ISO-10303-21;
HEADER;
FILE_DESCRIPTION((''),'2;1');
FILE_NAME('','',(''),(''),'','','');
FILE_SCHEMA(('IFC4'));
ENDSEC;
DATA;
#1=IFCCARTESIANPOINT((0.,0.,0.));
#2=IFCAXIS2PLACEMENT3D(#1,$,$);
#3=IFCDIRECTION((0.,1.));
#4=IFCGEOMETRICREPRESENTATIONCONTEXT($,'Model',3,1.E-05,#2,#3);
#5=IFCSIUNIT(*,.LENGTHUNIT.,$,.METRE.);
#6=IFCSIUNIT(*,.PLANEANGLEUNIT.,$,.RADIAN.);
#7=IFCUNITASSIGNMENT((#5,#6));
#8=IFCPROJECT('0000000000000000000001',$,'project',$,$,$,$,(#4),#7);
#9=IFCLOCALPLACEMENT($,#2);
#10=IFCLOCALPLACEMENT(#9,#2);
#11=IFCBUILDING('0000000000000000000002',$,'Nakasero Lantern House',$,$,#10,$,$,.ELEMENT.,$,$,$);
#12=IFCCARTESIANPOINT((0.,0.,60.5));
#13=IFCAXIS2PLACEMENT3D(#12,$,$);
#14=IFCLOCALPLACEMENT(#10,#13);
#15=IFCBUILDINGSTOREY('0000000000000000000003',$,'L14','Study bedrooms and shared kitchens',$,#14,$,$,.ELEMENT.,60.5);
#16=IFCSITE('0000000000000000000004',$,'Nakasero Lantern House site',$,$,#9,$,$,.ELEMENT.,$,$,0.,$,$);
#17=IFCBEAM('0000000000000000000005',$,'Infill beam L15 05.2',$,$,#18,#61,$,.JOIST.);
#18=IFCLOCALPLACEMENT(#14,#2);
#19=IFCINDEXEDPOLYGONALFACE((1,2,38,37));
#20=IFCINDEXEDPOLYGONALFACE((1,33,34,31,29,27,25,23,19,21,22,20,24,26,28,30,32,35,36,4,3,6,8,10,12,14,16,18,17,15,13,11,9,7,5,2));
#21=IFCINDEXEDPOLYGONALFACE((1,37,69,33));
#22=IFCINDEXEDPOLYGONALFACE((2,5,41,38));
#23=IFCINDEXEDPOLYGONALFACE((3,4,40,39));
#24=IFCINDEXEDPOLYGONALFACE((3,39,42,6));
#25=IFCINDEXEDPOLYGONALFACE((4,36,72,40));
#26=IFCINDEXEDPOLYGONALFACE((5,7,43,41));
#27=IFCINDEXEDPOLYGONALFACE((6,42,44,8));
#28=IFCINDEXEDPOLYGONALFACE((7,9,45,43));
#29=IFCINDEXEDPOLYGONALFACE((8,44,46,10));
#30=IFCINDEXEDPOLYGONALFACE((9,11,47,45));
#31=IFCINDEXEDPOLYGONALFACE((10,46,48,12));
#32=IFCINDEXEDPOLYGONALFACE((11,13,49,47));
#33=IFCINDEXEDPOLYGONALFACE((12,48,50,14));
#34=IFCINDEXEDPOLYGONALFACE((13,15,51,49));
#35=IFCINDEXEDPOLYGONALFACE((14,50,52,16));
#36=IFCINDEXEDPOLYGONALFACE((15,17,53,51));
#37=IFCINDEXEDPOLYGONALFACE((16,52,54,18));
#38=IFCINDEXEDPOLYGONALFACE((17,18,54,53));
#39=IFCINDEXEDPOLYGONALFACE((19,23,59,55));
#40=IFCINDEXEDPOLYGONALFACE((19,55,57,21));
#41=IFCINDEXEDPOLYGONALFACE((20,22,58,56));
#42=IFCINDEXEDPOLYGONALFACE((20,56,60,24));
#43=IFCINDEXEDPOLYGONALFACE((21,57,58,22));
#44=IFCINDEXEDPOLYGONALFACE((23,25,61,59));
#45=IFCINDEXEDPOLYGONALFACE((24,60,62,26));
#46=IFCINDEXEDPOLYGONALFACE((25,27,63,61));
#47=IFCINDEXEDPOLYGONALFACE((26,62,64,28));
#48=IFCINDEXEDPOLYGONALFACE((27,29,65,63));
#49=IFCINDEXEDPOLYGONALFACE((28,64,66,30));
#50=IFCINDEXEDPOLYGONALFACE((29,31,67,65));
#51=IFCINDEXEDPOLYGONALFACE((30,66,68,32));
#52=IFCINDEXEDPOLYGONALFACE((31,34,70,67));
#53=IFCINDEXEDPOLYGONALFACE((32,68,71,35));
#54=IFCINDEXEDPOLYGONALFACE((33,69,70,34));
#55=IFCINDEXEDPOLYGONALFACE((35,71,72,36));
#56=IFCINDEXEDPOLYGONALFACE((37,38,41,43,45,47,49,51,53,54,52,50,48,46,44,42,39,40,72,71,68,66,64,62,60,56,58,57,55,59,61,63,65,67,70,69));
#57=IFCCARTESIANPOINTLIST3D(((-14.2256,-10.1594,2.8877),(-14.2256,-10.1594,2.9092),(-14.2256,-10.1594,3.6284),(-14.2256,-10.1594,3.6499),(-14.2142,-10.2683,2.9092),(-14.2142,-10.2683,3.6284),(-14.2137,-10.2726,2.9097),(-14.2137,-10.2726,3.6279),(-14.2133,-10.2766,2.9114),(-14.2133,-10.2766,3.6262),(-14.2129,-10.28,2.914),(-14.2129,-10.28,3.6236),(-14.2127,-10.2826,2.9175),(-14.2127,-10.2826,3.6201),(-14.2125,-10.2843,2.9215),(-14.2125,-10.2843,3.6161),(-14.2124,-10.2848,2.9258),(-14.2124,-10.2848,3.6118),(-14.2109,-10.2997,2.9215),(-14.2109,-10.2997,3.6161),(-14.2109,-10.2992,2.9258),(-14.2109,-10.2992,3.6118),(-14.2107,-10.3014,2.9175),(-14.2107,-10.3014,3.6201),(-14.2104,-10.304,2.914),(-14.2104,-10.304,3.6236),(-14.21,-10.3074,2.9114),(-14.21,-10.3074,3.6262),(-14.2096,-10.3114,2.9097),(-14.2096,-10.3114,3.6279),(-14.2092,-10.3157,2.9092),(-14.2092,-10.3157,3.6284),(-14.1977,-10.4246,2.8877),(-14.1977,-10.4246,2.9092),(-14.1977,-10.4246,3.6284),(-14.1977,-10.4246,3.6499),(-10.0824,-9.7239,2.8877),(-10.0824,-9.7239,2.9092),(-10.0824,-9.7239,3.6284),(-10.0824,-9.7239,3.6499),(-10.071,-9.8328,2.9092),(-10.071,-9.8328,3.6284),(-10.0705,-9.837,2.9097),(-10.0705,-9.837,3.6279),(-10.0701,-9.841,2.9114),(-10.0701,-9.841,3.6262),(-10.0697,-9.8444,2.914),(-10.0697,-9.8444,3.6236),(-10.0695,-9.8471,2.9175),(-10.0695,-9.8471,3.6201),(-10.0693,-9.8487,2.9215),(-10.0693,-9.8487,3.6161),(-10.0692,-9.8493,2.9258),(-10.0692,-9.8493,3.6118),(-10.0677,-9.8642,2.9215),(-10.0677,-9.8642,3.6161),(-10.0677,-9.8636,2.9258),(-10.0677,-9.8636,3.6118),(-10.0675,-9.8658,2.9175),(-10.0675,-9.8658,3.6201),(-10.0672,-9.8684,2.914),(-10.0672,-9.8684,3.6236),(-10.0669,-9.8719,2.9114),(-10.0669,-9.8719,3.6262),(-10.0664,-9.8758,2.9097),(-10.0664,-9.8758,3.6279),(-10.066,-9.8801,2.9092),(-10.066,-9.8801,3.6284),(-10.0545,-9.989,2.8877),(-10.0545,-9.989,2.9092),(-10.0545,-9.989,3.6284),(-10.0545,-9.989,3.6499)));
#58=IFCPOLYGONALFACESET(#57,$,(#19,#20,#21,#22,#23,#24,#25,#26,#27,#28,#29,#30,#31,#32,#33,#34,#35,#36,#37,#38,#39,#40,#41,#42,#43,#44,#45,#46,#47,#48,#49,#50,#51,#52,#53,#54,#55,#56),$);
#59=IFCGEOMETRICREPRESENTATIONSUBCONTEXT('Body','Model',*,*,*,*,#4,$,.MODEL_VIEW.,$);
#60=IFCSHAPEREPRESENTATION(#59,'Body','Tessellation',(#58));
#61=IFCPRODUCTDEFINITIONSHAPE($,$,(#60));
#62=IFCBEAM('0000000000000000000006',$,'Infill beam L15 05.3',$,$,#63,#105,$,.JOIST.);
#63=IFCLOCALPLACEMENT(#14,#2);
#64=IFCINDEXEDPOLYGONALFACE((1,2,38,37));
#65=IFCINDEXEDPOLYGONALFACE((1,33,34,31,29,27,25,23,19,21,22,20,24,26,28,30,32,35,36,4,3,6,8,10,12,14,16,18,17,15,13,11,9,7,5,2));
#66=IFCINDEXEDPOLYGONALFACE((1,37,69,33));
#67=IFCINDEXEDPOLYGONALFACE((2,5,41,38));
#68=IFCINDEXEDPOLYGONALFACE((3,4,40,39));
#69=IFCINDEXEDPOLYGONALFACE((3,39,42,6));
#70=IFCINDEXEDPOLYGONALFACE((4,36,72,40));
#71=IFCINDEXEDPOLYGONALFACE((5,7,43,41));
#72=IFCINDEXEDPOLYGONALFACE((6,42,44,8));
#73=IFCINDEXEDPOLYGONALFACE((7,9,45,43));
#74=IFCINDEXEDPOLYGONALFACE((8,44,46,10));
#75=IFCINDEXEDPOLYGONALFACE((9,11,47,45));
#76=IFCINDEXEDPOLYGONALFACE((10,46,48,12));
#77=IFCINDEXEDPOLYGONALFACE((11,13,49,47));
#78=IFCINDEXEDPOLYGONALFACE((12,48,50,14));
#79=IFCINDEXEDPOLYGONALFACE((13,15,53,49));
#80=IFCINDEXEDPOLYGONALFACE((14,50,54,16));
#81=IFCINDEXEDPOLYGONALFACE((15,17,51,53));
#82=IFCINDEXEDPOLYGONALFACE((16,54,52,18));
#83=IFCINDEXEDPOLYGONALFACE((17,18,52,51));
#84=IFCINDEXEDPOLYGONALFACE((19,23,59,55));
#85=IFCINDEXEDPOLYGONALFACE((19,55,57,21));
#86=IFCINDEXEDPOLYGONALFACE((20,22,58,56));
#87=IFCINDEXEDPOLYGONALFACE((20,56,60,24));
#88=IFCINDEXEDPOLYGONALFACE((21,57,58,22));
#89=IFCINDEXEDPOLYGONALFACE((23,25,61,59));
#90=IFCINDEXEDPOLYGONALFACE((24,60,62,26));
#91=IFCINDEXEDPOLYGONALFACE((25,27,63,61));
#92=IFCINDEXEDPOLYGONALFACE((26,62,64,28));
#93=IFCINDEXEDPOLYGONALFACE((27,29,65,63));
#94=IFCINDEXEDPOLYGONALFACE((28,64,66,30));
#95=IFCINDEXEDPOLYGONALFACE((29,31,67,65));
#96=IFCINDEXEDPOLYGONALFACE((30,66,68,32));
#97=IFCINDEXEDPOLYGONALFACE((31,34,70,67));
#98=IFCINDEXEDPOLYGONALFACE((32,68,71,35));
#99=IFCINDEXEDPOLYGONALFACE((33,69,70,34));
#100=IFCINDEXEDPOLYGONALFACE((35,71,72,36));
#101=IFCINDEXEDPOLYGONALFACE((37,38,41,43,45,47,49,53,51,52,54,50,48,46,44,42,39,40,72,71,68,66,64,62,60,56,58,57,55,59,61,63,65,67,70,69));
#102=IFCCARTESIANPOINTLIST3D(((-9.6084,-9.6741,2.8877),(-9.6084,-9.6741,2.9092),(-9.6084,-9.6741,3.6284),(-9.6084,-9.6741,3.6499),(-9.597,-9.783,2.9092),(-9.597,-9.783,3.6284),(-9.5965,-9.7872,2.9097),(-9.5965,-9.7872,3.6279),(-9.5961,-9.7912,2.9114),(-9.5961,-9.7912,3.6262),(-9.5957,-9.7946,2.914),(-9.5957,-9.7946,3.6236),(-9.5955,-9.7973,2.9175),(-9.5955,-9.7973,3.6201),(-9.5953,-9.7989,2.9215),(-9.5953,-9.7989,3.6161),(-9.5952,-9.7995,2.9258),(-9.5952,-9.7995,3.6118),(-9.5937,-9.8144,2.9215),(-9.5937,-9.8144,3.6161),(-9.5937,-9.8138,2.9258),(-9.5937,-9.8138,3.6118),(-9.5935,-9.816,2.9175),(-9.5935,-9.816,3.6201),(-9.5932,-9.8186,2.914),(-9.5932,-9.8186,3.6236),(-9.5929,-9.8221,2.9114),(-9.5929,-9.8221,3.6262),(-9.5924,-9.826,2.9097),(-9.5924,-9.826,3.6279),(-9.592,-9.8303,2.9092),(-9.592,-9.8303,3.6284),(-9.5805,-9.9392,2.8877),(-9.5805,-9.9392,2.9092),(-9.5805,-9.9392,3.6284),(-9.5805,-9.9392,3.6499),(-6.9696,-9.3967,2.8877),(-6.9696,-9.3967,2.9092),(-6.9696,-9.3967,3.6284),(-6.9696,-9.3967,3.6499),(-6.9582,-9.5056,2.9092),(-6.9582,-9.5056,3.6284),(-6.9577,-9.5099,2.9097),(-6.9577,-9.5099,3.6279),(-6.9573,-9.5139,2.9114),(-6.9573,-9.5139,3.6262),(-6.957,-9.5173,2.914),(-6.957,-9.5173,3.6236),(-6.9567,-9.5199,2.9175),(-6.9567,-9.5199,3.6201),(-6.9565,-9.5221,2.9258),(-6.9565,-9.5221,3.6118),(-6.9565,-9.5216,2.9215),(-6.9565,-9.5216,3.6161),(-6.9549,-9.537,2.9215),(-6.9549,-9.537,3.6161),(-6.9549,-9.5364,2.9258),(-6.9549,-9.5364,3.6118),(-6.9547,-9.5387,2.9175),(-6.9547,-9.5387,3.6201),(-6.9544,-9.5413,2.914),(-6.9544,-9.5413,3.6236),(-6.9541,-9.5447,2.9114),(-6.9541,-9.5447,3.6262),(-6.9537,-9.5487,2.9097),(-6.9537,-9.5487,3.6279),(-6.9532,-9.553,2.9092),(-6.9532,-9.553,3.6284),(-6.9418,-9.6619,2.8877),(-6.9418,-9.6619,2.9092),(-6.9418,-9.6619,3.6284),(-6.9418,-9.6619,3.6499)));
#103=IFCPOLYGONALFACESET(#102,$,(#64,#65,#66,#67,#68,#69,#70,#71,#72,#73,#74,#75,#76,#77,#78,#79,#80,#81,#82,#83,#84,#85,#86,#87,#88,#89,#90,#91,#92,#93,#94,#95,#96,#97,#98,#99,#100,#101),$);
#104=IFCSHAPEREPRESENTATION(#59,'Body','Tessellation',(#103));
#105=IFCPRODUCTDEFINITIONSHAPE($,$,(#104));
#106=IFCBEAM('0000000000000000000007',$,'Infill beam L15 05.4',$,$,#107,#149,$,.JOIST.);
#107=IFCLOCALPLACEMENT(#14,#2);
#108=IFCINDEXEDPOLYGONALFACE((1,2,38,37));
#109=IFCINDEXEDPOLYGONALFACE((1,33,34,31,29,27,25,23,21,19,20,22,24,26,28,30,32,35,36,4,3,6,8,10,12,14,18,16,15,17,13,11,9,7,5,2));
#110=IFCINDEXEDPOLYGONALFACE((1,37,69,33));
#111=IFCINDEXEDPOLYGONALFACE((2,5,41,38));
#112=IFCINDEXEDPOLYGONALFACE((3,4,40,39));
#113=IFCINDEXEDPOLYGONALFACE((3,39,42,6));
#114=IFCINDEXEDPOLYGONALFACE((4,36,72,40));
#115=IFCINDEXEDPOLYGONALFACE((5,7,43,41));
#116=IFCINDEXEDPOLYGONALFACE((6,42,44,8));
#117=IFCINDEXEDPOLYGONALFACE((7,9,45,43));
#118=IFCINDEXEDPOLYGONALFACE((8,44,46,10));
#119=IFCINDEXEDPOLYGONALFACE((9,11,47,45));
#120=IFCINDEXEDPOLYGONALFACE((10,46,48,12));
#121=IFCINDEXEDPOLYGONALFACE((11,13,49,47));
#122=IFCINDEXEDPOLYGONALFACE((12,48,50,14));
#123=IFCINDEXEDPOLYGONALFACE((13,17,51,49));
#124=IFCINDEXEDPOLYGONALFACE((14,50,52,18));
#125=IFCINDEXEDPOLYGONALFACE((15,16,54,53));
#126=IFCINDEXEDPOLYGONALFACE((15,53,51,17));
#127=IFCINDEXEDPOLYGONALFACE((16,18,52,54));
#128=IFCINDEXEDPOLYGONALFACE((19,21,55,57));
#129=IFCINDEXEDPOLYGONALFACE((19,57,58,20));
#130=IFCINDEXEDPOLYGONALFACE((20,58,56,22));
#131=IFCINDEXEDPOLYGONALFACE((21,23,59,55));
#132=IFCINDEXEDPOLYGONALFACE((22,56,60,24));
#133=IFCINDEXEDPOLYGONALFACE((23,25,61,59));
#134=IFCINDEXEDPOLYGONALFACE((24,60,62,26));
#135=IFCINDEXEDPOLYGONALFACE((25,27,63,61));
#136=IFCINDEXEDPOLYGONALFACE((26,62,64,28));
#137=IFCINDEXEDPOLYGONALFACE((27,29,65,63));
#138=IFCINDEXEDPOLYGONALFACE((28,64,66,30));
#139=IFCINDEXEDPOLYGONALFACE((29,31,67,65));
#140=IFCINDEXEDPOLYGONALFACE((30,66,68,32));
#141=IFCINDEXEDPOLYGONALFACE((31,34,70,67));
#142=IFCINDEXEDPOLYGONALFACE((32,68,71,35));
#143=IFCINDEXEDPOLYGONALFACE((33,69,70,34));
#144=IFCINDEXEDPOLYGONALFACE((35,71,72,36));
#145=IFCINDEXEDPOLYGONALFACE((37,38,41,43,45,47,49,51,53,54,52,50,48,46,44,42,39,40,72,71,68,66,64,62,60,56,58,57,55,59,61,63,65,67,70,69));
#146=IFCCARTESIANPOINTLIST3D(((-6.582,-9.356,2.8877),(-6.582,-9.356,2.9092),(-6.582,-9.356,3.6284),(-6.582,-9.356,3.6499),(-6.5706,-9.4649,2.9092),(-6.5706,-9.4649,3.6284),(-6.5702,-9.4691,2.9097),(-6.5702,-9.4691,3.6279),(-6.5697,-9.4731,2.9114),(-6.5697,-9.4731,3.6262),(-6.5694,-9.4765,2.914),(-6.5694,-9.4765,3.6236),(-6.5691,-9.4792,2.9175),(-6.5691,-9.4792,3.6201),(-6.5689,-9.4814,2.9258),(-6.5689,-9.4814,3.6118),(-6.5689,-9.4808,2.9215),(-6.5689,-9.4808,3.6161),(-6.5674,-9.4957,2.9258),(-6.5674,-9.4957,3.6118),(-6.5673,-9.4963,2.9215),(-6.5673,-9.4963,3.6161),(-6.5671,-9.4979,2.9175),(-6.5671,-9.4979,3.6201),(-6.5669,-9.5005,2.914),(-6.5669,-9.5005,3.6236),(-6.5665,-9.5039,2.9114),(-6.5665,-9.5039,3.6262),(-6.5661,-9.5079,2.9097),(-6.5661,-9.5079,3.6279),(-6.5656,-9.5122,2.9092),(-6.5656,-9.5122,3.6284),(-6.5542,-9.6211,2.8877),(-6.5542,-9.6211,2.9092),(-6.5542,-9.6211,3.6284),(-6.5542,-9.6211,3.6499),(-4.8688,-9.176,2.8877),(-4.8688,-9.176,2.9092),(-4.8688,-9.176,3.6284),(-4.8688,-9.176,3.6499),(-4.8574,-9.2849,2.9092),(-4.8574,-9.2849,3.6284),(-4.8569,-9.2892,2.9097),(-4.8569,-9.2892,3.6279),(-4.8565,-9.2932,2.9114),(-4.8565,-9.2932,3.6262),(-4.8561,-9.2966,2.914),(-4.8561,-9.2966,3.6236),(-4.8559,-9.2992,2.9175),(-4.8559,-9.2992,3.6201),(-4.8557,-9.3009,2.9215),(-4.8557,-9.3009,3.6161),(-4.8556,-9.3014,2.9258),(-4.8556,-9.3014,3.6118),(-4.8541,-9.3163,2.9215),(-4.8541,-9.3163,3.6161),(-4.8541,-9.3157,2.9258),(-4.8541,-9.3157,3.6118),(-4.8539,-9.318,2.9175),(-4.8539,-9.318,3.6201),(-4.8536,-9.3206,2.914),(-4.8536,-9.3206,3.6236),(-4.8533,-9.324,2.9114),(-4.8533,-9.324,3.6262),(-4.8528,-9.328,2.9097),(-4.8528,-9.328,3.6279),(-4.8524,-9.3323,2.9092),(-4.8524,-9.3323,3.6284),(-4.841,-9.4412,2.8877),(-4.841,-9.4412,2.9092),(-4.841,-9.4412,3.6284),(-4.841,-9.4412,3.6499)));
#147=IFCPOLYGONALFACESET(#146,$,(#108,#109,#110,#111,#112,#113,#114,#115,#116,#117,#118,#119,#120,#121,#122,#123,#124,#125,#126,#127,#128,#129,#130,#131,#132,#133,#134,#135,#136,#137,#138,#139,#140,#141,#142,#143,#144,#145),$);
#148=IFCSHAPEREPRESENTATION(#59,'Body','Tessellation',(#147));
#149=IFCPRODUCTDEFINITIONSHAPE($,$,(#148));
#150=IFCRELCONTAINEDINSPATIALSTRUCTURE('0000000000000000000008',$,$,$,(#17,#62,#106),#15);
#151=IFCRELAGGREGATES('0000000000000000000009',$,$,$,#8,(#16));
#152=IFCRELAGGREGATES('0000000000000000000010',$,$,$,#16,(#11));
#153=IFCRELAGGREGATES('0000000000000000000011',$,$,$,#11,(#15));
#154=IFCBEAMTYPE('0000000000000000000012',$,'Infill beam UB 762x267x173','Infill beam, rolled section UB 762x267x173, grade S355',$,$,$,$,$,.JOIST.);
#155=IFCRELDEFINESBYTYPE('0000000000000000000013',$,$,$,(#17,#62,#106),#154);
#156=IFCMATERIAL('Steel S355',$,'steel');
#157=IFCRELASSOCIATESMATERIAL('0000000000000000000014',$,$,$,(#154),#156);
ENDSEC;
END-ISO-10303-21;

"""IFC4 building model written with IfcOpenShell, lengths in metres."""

from ifc_helpers import new_model, si_unit, direction, frame, origin, origin_2d, place, context, subcontext, project, spatial, i_section, extrude, material, material_profile, profile_set, type_object, element, save


model = new_model("IFC4")

# Units and contexts
model_context = context("Model", 3, precision=1e-05, world=origin(), true_north=direction((0.0, 1.0)))
body_context = subcontext(model_context, "Body", "Model", "MODEL_VIEW")
ifc_project = project(units=[si_unit("LENGTHUNIT", "METRE"), si_unit("PLANEANGLEUNIT", "RADIAN")], contexts=[model_context])

# Site, building, storey
site_placement = place(None, origin())
site = spatial("IfcSite", under=ifc_project, at=site_placement, Name="Nakasero Lantern House site", CompositionType="ELEMENT", RefElevation=0.0)
building_placement = place(site_placement, origin())
building = spatial("IfcBuilding", under=site, at=building_placement, Name="Nakasero Lantern House", CompositionType="ELEMENT")
storey_placement = place(building_placement, frame((0.0, 0.0, 60.5)))
storey = spatial("IfcBuildingStorey", under=building, at=storey_placement, Name="L14", Description="Study bedrooms and shared kitchens", CompositionType="ELEMENT", Elevation=60.5)

# Beams
ifc_material_1 = material(Name="Steel S355", Category="steel")
ifc_material_profile = material_profile(ifc_material_1, i_section(OverallWidth=0.2666, OverallDepth=0.7622, WebThickness=0.0144, FlangeThickness=0.0215, FilletRadius=0.0166, at=origin_2d()), Name="UB 762x267x173")
ifc_profile_set = profile_set([ifc_material_profile], Name="Steel S355")
beam_type = type_object("IfcBeamType", Name="Infill beam UB 762x267x173", Description="Infill beam, rolled section UB 762x267x173, grade S355", PredefinedType="JOIST", material=ifc_profile_set)
beam_1_placement = place(storey_placement, frame((-14.2117, -10.292, 3.2688), z_axis=(0.99452, 0.104551, 0.0), x_axis=(-0.104551, 0.99452, 0.0)))
element("IfcBeam", 1, at=beam_1_placement, inside=storey, type_object=beam_type, Name="Infill beam L15 05.2", PredefinedType="JOIST", context=body_context, shape_type="SweptSolid", body=[
    extrude(i_section(OverallWidth=0.2666, OverallDepth=0.7622, WebThickness=0.0144, FlangeThickness=0.0215, FilletRadius=0.0166, at=origin_2d()), origin(), (0.0, 0.0, 1.0), 4.166),
])
beam_2_placement = place(storey_placement, frame((-9.5945, -9.8066, 3.2688), z_axis=(0.994522, 0.104532, 0.0), x_axis=(-0.104532, 0.994522, 0.0)))
element("IfcBeam", 2, at=beam_2_placement, inside=storey, type_object=beam_type, Name="Infill beam L15 05.3", PredefinedType="JOIST", context=body_context, shape_type="SweptSolid", body=[
    extrude(i_section(OverallWidth=0.2666, OverallDepth=0.7622, WebThickness=0.0144, FlangeThickness=0.0215, FilletRadius=0.0166, at=origin_2d()), origin(), (0.0, 0.0, 1.0), 2.6533),
])
beam_3_placement = place(storey_placement, frame((-6.5681, -9.4885, 3.2688), z_axis=(0.99453, 0.104456, 0.0), x_axis=(-0.104456, 0.99453, 0.0)))
element("IfcBeam", 3, at=beam_3_placement, inside=storey, type_object=beam_type, Name="Infill beam L15 05.4", PredefinedType="JOIST", context=body_context, shape_type="SweptSolid", body=[
    extrude(i_section(OverallWidth=0.2666, OverallDepth=0.7622, WebThickness=0.0144, FlangeThickness=0.0215, FilletRadius=0.0166, at=origin_2d()), origin(), (0.0, 0.0, 1.0), 1.7227),
])

save(model, "model.ifc")
